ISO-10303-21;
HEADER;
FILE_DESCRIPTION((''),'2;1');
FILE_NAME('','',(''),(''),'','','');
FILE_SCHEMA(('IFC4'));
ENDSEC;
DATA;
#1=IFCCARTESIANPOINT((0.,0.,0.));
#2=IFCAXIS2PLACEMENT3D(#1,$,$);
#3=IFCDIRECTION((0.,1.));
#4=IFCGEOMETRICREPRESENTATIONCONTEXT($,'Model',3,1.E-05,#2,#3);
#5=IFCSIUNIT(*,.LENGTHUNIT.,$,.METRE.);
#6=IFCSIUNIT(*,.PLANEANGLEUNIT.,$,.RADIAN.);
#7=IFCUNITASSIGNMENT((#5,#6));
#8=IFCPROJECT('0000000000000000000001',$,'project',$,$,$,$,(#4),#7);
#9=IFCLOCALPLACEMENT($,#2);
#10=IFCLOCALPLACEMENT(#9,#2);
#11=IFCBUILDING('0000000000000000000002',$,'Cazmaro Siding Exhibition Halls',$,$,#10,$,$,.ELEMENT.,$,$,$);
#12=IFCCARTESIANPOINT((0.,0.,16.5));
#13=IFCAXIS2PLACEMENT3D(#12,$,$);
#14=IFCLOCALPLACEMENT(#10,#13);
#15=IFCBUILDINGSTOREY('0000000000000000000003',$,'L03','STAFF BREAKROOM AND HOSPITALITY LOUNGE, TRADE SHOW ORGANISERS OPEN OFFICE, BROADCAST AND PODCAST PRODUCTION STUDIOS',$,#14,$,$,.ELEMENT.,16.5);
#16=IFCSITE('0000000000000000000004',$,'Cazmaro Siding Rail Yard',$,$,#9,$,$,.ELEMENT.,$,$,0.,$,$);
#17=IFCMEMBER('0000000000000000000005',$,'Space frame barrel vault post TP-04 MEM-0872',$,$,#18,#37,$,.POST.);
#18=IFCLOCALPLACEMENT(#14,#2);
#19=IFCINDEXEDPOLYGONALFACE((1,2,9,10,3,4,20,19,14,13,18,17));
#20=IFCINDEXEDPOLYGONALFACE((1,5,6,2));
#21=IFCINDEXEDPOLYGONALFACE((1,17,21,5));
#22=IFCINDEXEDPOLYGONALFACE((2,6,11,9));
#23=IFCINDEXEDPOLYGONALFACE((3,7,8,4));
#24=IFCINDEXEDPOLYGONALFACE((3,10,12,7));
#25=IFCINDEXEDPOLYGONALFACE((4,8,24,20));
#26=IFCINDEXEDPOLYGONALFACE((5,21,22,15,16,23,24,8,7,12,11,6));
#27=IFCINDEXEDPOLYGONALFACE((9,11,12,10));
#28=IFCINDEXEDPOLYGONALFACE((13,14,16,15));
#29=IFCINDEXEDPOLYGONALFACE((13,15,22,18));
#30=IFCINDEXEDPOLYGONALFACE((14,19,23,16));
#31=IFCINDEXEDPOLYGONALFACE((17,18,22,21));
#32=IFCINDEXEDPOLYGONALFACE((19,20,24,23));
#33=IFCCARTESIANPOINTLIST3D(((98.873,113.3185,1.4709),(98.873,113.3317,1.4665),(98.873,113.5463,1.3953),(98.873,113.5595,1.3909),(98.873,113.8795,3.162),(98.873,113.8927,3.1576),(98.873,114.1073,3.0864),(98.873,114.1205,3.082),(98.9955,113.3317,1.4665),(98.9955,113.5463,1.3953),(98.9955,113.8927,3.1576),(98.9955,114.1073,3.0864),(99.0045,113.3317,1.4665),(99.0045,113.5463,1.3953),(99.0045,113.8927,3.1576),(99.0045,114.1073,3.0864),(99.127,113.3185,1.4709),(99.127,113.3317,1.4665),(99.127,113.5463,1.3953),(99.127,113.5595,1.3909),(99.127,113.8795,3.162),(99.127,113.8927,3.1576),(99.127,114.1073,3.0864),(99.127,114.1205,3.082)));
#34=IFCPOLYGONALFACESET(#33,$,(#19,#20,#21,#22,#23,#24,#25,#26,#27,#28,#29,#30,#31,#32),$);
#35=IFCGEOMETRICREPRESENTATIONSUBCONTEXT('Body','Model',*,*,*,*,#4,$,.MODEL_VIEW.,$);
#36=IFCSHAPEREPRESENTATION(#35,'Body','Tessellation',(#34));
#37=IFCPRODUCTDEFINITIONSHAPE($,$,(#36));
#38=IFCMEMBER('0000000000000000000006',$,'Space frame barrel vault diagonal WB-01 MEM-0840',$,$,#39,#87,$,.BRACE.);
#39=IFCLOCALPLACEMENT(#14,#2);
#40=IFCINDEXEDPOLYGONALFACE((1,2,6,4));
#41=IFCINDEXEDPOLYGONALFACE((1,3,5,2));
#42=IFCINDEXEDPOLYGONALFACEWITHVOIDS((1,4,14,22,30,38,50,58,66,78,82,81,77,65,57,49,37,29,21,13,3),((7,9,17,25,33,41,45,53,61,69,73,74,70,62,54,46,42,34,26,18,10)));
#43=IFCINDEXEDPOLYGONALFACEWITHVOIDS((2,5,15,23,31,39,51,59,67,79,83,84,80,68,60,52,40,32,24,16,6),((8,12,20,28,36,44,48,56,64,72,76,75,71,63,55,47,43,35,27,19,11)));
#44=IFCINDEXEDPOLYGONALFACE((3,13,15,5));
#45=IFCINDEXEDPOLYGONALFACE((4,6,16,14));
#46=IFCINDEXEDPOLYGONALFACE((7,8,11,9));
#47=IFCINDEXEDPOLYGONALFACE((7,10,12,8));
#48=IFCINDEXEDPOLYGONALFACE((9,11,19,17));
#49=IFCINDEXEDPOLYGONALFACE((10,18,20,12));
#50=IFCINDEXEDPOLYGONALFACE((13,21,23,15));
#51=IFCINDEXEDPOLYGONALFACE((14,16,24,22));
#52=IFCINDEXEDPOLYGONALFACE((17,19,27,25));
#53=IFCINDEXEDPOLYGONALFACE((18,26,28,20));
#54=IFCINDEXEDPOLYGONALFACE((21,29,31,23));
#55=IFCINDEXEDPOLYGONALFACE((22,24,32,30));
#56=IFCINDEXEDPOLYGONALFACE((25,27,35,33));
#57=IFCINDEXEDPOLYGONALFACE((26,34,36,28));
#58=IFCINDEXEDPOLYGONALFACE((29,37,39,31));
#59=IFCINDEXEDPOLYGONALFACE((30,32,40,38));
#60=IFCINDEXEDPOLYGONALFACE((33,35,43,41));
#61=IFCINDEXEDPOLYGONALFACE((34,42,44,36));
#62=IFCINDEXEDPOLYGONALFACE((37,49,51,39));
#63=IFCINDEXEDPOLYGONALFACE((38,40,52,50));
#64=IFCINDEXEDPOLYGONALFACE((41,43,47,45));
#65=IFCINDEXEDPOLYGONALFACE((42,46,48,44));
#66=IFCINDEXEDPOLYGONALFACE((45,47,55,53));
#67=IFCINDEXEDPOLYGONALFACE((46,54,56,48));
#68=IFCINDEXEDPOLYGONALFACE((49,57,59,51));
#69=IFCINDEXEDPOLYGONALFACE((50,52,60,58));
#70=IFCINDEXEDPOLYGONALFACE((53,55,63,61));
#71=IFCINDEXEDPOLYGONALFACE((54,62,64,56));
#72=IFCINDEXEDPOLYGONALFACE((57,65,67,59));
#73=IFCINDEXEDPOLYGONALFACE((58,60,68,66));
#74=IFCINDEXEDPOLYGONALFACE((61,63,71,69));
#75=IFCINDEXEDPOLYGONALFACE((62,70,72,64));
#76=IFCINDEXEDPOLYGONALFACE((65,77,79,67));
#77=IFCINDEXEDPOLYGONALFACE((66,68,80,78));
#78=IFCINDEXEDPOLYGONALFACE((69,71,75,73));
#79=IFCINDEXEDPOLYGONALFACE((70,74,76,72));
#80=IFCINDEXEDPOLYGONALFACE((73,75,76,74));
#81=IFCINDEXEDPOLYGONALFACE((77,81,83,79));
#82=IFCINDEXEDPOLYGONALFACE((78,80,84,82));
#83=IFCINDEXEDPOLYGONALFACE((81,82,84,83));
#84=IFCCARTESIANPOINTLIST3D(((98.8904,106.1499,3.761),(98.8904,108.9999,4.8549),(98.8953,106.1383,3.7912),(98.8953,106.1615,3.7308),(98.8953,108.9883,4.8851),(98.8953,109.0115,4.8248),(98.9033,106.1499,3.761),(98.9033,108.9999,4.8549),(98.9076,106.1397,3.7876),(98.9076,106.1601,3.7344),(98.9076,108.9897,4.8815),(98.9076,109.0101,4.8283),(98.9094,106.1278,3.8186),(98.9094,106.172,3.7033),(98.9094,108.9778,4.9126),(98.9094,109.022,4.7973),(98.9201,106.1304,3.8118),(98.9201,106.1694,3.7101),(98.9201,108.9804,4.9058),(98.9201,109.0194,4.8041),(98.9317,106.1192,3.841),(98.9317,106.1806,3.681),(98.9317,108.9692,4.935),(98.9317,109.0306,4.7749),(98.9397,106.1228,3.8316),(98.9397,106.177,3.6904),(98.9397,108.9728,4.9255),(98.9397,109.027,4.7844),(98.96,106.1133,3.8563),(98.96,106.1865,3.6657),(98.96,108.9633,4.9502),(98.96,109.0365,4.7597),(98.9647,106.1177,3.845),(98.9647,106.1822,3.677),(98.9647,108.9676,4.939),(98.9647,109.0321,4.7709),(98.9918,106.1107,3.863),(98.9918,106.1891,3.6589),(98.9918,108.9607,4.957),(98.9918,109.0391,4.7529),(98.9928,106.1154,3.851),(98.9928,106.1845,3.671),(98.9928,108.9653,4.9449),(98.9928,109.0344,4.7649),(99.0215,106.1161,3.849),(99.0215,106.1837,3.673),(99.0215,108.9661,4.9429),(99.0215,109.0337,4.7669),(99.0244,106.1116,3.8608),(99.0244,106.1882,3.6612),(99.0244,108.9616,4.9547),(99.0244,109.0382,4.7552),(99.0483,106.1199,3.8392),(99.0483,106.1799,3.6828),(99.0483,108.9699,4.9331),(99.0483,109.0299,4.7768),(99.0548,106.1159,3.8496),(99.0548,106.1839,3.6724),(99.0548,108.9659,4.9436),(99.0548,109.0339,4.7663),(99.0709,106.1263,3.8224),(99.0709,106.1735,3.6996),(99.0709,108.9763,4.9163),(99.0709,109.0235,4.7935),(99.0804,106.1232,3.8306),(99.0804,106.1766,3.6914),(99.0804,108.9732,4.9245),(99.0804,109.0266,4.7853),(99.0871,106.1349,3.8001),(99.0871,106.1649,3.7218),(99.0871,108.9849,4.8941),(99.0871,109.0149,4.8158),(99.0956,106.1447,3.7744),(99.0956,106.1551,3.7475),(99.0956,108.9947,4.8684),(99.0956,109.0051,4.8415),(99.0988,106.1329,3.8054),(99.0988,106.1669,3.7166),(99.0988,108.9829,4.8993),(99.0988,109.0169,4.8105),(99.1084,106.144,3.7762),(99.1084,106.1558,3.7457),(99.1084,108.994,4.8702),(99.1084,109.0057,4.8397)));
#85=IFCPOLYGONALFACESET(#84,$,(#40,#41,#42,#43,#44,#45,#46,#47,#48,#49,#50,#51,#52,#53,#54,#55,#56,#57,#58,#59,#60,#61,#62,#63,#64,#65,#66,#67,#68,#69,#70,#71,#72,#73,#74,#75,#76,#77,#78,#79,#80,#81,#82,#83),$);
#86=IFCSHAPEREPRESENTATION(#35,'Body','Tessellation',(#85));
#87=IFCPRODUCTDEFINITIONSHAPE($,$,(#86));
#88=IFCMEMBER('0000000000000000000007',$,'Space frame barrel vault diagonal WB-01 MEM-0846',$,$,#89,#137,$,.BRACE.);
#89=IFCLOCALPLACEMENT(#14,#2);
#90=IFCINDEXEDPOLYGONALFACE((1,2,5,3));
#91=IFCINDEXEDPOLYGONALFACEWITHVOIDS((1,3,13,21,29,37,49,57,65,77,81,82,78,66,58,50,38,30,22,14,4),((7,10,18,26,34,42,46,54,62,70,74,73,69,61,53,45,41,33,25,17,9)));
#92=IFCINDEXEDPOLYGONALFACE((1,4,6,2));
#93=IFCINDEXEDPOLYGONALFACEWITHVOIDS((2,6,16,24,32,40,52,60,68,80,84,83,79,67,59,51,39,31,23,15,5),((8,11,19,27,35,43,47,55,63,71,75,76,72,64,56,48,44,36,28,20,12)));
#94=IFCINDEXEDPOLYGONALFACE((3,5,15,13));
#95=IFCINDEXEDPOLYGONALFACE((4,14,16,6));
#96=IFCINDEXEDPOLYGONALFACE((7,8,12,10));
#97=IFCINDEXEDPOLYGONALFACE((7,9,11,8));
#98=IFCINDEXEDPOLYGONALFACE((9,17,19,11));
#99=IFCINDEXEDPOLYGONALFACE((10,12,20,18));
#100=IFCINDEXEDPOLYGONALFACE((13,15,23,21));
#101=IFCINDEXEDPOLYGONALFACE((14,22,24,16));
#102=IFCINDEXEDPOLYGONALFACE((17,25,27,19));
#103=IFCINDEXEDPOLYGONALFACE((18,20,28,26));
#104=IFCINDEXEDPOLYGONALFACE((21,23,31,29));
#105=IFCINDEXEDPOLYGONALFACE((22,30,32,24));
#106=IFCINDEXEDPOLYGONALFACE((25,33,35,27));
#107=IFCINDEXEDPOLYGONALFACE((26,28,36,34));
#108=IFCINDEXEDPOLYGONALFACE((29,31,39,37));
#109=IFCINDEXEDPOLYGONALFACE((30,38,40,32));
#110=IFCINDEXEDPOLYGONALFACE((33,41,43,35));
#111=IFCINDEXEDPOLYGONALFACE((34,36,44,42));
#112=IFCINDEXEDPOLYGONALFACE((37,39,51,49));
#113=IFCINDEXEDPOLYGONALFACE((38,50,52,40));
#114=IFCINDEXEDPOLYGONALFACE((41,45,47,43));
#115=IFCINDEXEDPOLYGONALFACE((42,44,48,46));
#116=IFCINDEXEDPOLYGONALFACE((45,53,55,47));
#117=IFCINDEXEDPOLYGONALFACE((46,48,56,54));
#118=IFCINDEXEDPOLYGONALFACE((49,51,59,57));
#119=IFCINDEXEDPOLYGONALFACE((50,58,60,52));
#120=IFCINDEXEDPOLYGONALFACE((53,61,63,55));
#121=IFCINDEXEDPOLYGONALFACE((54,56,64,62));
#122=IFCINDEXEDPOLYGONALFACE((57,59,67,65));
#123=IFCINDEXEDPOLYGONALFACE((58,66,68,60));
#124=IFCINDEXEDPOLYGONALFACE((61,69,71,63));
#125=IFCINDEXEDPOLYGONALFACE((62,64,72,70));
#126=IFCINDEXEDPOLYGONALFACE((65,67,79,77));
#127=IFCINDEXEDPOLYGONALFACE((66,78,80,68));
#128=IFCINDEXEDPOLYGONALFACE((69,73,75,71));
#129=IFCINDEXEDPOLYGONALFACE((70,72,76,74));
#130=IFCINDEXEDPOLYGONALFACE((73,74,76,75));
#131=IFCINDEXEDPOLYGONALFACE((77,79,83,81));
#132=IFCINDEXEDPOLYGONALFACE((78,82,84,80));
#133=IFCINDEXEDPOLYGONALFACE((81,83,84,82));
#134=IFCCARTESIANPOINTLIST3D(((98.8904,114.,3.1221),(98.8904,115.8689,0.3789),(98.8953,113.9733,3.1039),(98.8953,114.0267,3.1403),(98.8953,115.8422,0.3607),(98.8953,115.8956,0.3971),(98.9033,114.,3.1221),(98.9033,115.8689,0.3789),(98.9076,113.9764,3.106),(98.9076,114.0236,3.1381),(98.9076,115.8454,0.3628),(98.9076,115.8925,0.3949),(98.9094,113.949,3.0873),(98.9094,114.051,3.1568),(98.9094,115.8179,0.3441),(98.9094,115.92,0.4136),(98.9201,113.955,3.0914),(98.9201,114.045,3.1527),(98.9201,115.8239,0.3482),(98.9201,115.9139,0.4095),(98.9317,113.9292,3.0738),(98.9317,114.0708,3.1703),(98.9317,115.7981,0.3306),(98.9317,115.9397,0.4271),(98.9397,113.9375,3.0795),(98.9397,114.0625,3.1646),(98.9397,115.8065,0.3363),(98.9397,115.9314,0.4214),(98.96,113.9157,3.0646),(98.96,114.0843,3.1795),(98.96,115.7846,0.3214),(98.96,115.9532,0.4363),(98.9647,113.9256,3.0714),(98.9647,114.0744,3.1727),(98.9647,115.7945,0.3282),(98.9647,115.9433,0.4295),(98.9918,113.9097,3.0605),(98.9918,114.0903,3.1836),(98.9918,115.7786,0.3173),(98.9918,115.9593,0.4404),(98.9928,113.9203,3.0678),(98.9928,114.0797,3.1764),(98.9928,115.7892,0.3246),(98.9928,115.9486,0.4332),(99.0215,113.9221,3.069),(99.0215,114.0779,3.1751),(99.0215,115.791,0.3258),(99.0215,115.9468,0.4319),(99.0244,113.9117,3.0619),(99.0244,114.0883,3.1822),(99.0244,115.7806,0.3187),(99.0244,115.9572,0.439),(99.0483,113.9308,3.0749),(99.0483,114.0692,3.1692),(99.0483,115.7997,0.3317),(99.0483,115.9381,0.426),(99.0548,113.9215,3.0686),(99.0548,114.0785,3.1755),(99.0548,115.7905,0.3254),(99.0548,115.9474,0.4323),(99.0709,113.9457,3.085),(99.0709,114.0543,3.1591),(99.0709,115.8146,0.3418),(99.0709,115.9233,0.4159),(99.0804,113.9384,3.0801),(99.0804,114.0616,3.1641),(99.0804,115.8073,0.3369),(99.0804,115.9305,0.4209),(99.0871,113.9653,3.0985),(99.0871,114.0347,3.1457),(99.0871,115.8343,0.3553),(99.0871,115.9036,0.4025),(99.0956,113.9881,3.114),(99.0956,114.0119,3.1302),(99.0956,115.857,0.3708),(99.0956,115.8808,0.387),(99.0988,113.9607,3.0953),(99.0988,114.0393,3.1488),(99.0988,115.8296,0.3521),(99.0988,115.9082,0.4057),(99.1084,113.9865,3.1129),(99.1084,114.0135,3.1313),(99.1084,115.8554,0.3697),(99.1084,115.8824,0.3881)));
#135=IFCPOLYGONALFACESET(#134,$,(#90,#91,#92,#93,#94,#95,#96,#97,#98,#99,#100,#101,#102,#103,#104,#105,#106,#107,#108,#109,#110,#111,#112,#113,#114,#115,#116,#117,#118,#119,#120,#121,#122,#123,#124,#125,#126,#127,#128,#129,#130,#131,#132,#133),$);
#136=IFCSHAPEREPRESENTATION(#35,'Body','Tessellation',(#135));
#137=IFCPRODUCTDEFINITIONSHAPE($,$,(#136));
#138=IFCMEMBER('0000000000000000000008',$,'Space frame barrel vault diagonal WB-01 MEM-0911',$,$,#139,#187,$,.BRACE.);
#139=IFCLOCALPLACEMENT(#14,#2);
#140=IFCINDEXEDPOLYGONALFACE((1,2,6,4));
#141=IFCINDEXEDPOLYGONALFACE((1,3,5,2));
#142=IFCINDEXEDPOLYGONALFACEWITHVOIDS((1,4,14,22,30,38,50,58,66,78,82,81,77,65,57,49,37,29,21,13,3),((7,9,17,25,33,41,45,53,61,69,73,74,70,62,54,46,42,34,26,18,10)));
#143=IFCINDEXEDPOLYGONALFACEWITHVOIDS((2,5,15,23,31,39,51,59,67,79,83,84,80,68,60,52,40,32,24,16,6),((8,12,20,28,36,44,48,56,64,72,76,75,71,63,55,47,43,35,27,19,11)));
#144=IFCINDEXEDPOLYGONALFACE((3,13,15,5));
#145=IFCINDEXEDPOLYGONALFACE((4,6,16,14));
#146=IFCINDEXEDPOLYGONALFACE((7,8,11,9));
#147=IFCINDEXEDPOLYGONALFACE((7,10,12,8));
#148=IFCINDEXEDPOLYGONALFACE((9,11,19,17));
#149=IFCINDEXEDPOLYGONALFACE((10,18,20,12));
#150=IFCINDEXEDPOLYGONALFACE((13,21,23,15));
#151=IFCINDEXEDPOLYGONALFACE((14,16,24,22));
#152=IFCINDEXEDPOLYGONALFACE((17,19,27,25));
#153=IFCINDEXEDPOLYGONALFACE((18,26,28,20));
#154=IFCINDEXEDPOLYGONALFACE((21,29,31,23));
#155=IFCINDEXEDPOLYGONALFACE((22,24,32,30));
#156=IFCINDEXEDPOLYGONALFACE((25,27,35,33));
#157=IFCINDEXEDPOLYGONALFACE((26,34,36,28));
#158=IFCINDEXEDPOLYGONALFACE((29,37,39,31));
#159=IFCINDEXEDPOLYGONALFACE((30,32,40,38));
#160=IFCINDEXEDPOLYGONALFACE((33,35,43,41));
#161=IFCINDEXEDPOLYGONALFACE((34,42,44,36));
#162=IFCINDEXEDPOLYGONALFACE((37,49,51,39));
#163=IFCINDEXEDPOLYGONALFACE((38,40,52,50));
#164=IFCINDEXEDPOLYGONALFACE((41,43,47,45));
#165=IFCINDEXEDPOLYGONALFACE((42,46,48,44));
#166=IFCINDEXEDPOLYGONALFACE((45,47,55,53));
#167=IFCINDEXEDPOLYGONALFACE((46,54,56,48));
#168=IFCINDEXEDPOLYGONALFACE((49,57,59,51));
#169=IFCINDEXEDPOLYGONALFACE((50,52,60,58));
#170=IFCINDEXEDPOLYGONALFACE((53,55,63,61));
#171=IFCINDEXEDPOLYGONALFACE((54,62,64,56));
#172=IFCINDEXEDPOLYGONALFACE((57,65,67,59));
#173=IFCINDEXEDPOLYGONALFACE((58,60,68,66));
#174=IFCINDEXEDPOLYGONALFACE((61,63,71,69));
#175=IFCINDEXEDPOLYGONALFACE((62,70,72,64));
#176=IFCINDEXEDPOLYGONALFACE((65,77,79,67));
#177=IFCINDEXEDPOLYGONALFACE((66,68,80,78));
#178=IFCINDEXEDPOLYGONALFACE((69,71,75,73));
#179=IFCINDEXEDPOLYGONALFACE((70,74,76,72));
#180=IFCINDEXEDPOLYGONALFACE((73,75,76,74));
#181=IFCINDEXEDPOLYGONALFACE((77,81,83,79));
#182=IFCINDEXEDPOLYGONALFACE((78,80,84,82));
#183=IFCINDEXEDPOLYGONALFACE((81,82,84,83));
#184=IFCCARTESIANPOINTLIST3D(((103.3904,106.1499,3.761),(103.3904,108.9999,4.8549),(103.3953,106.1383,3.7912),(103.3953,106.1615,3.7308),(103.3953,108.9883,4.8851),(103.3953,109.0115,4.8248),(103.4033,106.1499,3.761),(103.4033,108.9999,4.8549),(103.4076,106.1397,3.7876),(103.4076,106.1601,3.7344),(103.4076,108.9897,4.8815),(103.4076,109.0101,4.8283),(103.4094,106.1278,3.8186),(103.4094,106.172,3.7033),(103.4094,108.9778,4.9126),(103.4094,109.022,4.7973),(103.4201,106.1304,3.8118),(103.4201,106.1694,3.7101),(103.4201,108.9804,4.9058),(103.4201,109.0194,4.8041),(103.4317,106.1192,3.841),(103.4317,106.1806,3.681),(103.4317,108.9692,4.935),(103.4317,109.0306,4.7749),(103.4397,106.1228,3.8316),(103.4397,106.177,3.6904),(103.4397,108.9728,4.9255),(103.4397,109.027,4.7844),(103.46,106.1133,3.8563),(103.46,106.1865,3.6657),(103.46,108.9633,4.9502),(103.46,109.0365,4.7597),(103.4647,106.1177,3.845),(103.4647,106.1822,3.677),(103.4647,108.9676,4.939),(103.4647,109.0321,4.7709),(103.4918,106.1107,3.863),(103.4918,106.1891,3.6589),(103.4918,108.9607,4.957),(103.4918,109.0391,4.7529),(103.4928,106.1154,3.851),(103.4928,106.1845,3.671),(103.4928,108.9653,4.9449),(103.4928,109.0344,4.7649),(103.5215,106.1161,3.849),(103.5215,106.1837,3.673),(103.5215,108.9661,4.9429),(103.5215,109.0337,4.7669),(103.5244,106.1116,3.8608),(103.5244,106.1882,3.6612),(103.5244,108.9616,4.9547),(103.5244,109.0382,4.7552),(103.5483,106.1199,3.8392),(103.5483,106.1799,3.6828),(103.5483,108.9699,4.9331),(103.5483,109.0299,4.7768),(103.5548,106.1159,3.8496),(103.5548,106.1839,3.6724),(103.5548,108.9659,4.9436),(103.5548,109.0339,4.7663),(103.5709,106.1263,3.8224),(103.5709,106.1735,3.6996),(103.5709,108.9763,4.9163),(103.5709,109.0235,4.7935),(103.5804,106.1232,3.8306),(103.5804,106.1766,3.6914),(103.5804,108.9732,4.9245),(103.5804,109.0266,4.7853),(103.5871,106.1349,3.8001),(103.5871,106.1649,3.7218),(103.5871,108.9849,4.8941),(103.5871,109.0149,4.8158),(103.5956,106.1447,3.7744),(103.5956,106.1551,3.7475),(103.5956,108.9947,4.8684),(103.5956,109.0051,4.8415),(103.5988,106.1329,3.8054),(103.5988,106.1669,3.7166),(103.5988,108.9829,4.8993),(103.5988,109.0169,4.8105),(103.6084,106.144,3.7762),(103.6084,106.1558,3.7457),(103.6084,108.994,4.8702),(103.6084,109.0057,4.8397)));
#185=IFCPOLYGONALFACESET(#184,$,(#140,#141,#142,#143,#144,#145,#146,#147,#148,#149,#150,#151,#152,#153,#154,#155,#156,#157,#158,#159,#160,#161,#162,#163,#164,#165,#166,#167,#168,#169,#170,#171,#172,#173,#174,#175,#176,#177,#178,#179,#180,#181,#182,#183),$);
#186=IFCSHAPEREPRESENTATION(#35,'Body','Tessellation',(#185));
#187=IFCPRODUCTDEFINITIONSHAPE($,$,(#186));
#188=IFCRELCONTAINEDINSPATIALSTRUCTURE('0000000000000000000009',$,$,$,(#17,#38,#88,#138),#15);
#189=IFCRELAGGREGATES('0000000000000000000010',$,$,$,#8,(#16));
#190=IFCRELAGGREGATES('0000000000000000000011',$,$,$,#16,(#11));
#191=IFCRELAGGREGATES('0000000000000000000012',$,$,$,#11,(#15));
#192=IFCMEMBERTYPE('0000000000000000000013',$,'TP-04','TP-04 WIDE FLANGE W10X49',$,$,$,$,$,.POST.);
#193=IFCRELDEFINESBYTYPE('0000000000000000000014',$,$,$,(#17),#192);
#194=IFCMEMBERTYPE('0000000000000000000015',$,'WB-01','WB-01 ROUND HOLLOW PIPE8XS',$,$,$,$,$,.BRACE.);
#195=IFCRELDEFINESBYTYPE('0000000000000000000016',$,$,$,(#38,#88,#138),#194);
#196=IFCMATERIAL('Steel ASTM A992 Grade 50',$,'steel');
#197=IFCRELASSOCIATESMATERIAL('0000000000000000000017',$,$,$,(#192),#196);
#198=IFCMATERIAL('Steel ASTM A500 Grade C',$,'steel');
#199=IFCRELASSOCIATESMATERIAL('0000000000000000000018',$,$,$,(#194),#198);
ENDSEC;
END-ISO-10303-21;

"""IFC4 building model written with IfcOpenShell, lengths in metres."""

from ifc_helpers import new_model, si_unit, direction, frame, origin, origin_2d, place, context, subcontext, project, spatial, hollow_circle, i_section, extrude, material, material_profile, profile_set, type_object, element, save


model = new_model("IFC4")

# Units and contexts
model_context = context("Model", 3, precision=1e-05, world=origin(), true_north=direction((0.0, 1.0)))
body_context = subcontext(model_context, "Body", "Model", "MODEL_VIEW")
ifc_project = project(units=[si_unit("LENGTHUNIT", "METRE"), si_unit("PLANEANGLEUNIT", "RADIAN")], contexts=[model_context])

# Site, building, storey
site_placement = place(None, origin())
site = spatial("IfcSite", under=ifc_project, at=site_placement, Name="Cazmaro Siding Rail Yard", CompositionType="ELEMENT", RefElevation=0.0)
building_placement = place(site_placement, origin())
building = spatial("IfcBuilding", under=site, at=building_placement, Name="Cazmaro Siding Exhibition Halls", CompositionType="ELEMENT")
storey_placement = place(building_placement, frame((0.0, 0.0, 16.5)))
storey = spatial("IfcBuildingStorey", under=building, at=storey_placement, Name="L03", Description="STAFF BREAKROOM AND HOSPITALITY LOUNGE, TRADE SHOW ORGANISERS OPEN OFFICE, BROADCAST AND PODCAST PRODUCTION STUDIOS", CompositionType="ELEMENT", Elevation=16.5)

# Members
ifc_material_1 = material(Name="Steel ASTM A992 Grade 50", Category="steel")
ifc_material_profile_1 = material_profile(ifc_material_1, i_section(OverallWidth=0.2539, OverallDepth=0.2539, WebThickness=0.009, FlangeThickness=0.0139, at=origin_2d()), Name="W10X49")
ifc_profile_set_1 = profile_set([ifc_material_profile_1], Name="Steel ASTM A992 Grade 50")
member_type_1 = type_object("IfcMemberType", Name="TP-04", Description="TP-04 WIDE FLANGE W10X49", PredefinedType="POST", material=ifc_profile_set_1)
member_1_placement = place(storey_placement, frame((99.0, 113.439, 1.4309), z_axis=(0.0, 0.314871, 0.949134), x_axis=(-1.0, 0.0, 0.0)))
element("IfcMember", 1, at=member_1_placement, inside=storey, type_object=member_type_1, Name="Space frame barrel vault post TP-04 MEM-0872", PredefinedType="POST", context=body_context, shape_type="SweptSolid", body=[
    extrude(i_section(OverallWidth=0.2539, OverallDepth=0.2539, WebThickness=0.009, FlangeThickness=0.0139, at=origin_2d()), origin(), (0.0, 0.0, 1.0), 1.7817),
])
ifc_material_2 = material(Name="Steel ASTM A500 Grade C", Category="steel")
ifc_material_profile_2 = material_profile(ifc_material_2, hollow_circle(Radius=0.1096, WallThickness=0.0129, at=origin_2d()), Name="PIPE8XS")
ifc_profile_set_2 = profile_set([ifc_material_profile_2], Name="Steel ASTM A500 Grade C")
member_type_2 = type_object("IfcMemberType", Name="WB-01", Description="WB-01 ROUND HOLLOW PIPE8XS", PredefinedType="BRACE", material=ifc_profile_set_2)
member_2_placement = place(storey_placement, frame((99.0, 106.1499, 3.761), z_axis=(0.0, 0.933587, 0.358352), x_axis=(-1.0, 0.0, 0.0)))
element("IfcMember", 2, at=member_2_placement, inside=storey, type_object=member_type_2, Name="Space frame barrel vault diagonal WB-01 MEM-0840", PredefinedType="BRACE", context=body_context, shape_type="SweptSolid", body=[
    extrude(hollow_circle(Radius=0.1096, WallThickness=0.0129, at=origin_2d()), origin(), (0.0, 0.0, 1.0), 3.0527),
])
member_3_placement = place(storey_placement, frame((99.0, 114.0, 3.1221), z_axis=(0.0, 0.56304, -0.82643), x_axis=(-1.0, 0.0, 0.0)))
element("IfcMember", 3, at=member_3_placement, inside=storey, type_object=member_type_2, Name="Space frame barrel vault diagonal WB-01 MEM-0846", PredefinedType="BRACE", context=body_context, shape_type="SweptSolid", body=[
    extrude(hollow_circle(Radius=0.1096, WallThickness=0.0129, at=origin_2d()), origin(), (0.0, 0.0, 1.0), 3.3193),
])
member_4_placement = place(storey_placement, frame((103.5, 106.1499, 3.761), z_axis=(0.0, 0.933587, 0.358352), x_axis=(-1.0, 0.0, 0.0)))
element("IfcMember", 4, at=member_4_placement, inside=storey, type_object=member_type_2, Name="Space frame barrel vault diagonal WB-01 MEM-0911", PredefinedType="BRACE", context=body_context, shape_type="SweptSolid", body=[
    extrude(hollow_circle(Radius=0.1096, WallThickness=0.0129, at=origin_2d()), origin(), (0.0, 0.0, 1.0), 3.0527),
])

save(model, "model.ifc")
